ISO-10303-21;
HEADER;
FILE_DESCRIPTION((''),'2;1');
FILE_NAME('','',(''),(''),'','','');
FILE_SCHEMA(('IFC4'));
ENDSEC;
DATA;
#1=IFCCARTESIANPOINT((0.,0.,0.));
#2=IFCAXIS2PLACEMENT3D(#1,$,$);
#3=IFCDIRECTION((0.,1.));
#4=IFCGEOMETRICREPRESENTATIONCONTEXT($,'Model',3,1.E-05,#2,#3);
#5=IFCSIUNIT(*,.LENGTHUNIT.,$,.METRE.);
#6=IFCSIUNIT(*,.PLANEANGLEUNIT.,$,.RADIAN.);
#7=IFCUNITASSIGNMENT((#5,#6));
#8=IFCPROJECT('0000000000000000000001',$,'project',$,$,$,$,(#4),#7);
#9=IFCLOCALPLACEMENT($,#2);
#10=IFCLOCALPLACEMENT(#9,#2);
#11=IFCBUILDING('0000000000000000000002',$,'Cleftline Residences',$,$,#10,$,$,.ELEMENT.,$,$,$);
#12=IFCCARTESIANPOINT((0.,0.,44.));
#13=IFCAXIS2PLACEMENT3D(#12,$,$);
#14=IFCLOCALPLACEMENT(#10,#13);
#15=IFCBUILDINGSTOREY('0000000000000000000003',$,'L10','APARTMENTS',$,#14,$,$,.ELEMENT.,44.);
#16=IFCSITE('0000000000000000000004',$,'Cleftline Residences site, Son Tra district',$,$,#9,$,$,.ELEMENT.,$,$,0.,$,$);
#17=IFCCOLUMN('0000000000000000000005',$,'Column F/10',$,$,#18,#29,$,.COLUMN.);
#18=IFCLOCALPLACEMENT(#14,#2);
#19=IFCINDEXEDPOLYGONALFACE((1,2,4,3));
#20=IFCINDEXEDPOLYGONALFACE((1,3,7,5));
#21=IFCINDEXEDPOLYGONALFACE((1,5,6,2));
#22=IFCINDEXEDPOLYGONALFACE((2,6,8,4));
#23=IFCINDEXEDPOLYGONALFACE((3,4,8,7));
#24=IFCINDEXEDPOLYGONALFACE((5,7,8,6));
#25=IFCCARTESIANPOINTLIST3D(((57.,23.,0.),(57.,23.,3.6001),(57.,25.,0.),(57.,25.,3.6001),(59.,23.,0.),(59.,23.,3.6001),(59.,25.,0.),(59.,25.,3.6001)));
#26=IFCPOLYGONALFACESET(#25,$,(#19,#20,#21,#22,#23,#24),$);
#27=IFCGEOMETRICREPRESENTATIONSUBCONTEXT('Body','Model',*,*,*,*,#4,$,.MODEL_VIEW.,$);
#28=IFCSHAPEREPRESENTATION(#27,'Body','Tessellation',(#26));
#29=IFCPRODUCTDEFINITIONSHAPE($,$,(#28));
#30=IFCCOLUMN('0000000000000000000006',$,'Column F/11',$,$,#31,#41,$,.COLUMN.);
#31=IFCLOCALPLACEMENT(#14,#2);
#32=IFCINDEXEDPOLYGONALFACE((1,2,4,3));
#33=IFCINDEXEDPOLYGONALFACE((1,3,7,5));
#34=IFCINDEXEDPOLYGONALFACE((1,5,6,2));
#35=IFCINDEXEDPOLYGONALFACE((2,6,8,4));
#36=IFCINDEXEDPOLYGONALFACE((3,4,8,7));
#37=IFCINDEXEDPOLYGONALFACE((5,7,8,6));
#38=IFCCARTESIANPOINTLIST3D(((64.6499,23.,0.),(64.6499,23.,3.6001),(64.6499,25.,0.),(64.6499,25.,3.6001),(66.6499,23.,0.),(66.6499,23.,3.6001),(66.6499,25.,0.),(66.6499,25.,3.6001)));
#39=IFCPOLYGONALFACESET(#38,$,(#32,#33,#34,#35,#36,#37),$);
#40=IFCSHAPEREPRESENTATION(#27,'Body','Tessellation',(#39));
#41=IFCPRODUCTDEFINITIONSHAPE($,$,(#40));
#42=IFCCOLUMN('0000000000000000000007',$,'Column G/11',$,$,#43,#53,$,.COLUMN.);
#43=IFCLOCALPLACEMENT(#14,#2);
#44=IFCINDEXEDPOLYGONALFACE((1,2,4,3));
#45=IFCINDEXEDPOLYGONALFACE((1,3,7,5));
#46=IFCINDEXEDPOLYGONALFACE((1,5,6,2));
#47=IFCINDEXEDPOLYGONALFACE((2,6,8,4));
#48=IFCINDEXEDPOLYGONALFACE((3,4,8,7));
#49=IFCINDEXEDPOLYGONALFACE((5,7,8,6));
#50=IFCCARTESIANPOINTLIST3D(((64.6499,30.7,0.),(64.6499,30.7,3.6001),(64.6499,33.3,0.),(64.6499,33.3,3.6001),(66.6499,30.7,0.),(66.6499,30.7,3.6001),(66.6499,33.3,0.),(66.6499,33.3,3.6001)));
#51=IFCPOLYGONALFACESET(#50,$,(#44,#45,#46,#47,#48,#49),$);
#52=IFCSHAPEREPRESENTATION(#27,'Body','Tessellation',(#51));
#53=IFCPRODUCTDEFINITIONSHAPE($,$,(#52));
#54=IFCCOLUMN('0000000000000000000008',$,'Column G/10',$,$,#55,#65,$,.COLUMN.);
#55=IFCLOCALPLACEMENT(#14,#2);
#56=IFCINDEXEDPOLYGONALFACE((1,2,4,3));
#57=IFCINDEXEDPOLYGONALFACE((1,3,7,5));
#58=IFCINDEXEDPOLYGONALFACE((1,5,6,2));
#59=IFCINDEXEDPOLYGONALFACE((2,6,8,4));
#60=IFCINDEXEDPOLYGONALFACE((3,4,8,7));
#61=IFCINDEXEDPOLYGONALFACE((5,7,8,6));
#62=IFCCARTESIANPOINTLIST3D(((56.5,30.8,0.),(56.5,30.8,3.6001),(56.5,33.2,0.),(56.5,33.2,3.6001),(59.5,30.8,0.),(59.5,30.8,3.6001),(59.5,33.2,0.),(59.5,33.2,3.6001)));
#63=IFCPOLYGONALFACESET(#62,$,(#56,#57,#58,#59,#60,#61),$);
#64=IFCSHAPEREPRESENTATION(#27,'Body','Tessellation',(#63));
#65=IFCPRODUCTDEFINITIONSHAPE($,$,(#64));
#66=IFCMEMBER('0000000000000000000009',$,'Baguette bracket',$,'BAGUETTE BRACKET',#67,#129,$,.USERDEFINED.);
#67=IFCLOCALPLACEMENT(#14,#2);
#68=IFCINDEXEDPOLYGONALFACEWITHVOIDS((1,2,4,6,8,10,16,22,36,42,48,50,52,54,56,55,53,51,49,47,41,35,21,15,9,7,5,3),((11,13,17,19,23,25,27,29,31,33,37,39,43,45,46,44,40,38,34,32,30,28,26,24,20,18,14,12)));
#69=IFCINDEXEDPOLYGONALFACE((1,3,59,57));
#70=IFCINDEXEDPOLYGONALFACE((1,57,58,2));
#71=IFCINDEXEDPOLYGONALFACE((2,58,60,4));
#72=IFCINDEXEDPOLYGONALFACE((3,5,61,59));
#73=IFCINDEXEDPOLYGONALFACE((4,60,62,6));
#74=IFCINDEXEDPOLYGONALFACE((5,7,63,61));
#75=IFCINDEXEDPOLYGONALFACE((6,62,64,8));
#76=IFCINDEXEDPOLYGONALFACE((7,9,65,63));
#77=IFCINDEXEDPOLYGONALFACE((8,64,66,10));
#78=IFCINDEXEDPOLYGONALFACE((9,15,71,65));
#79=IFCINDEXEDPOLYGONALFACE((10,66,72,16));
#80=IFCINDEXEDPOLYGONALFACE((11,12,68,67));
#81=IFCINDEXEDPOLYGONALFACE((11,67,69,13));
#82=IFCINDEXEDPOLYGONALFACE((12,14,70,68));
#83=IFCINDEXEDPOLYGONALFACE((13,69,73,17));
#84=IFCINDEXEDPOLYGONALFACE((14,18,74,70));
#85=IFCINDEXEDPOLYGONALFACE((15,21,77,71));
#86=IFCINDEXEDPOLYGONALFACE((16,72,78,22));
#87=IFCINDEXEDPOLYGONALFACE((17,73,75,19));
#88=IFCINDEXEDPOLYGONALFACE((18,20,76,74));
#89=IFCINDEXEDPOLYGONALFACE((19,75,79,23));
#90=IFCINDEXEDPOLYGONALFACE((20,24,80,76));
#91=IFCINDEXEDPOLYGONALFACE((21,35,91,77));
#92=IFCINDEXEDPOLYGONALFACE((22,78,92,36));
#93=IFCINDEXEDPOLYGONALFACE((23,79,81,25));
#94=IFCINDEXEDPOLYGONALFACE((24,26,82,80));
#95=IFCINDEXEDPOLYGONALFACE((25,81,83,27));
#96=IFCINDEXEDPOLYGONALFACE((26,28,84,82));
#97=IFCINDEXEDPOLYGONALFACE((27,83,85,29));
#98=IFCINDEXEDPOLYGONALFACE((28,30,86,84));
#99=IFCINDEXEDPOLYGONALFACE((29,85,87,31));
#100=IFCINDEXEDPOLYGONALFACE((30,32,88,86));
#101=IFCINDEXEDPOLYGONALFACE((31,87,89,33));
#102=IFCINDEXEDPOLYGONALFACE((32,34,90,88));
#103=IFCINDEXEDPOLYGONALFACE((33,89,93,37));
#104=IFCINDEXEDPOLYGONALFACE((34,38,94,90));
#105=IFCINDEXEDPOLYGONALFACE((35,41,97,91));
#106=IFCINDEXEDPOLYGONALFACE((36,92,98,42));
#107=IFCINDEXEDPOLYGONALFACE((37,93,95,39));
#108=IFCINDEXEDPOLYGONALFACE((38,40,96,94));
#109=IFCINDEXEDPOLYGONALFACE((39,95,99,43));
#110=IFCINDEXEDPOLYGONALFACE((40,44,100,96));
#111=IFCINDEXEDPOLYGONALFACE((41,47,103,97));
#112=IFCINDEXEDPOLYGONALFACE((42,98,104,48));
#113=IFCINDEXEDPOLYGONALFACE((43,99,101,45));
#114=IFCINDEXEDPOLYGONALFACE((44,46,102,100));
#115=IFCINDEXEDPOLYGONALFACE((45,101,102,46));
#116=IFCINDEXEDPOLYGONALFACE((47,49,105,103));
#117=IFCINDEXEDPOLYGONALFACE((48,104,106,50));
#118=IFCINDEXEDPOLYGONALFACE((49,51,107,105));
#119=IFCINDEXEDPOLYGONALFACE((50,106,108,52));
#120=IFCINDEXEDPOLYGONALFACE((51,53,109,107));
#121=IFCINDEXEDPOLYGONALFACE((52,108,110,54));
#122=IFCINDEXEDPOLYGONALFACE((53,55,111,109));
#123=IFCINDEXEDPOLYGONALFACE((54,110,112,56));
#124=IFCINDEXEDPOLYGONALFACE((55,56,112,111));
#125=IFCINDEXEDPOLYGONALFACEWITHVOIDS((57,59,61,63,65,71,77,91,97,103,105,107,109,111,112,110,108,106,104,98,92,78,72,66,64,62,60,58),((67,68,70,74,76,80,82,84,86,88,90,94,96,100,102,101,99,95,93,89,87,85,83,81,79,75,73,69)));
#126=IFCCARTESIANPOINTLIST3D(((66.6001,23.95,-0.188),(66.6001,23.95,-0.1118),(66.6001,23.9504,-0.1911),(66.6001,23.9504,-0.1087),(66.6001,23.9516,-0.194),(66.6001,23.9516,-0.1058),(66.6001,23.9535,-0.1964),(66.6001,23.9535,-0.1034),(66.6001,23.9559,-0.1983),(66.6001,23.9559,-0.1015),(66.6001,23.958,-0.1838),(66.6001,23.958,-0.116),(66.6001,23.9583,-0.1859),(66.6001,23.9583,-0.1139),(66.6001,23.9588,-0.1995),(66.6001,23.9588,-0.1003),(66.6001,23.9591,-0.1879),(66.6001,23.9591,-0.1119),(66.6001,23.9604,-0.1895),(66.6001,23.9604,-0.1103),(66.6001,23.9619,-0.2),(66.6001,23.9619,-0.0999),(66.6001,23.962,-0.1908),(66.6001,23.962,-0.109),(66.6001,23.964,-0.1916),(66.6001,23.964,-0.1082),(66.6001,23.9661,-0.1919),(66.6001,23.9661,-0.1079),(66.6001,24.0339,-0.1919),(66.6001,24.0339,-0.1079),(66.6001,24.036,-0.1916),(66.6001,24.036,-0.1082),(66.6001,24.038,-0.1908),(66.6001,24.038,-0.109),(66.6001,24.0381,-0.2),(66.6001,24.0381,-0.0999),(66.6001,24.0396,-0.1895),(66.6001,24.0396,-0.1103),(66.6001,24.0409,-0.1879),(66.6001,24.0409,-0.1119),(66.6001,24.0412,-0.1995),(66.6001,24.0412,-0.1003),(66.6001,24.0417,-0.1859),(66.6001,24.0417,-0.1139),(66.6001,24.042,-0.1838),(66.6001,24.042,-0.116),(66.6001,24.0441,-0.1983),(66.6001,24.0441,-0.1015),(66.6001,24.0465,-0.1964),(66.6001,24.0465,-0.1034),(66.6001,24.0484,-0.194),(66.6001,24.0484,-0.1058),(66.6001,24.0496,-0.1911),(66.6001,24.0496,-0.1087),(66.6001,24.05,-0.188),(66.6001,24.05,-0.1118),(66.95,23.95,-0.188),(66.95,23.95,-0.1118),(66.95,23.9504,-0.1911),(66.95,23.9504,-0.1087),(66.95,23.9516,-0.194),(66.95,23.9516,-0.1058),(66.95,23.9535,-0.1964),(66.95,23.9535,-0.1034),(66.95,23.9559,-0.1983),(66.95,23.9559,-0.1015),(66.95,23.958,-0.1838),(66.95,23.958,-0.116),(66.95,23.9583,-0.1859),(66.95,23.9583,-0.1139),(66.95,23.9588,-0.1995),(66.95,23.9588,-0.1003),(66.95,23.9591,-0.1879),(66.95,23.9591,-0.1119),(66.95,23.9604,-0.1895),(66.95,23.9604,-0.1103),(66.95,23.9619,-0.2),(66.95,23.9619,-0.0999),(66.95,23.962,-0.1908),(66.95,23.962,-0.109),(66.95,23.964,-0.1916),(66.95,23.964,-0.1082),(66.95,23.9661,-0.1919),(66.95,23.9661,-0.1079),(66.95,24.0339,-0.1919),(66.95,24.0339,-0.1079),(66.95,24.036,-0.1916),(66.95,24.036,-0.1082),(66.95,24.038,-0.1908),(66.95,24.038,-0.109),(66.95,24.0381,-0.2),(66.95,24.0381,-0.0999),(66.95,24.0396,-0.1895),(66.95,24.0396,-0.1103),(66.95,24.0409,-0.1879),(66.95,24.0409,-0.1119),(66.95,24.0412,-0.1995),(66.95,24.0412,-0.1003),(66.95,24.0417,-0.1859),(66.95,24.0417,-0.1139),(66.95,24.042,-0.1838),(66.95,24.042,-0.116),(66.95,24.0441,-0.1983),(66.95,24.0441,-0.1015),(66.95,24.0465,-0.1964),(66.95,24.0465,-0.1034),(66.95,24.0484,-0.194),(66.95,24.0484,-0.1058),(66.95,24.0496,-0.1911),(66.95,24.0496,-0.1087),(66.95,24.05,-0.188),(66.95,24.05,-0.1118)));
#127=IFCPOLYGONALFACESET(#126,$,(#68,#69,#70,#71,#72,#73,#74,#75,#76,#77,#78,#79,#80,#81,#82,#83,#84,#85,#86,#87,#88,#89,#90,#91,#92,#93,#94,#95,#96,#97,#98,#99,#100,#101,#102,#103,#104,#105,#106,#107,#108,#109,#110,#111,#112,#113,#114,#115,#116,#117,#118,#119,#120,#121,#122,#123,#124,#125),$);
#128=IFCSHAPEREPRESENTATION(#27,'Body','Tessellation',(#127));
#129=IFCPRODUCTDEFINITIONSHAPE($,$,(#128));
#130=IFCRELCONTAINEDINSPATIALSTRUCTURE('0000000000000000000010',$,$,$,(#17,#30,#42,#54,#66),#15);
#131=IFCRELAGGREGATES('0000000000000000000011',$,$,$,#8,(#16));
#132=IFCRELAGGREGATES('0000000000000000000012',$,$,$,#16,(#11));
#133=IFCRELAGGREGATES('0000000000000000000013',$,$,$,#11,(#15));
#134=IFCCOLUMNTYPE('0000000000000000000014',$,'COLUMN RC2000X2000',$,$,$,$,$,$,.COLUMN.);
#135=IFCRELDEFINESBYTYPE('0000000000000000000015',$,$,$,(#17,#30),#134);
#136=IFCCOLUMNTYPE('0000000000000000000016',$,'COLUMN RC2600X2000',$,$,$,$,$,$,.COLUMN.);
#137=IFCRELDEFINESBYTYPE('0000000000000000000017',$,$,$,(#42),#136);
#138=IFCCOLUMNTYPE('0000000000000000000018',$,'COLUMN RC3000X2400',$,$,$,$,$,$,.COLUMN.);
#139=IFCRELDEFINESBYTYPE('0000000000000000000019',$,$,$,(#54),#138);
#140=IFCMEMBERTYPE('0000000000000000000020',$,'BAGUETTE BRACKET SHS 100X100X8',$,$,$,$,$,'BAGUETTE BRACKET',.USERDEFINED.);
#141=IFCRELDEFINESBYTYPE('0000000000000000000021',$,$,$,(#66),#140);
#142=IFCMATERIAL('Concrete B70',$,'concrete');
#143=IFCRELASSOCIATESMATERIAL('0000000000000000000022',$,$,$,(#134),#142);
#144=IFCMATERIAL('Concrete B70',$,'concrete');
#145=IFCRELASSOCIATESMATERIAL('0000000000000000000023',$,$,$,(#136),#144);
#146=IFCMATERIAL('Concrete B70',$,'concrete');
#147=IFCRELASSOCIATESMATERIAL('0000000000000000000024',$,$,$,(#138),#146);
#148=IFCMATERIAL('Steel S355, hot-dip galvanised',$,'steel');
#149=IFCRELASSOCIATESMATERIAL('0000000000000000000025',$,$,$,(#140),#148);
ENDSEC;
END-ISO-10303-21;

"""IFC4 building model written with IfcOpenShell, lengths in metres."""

from ifc_helpers import new_model, si_unit, direction, frame, origin, origin_2d, place, context, subcontext, project, spatial, rectangle, hollow_rectangle, extrude, material, material_profile, profile_set, type_object, element, save


model = new_model("IFC4")

# Units and contexts
model_context = context("Model", 3, precision=1e-05, world=origin(), true_north=direction((0.0, 1.0)))
body_context = subcontext(model_context, "Body", "Model", "MODEL_VIEW")
ifc_project = project(units=[si_unit("LENGTHUNIT", "METRE"), si_unit("PLANEANGLEUNIT", "RADIAN")], contexts=[model_context])

# Site, building, storey
site_placement = place(None, origin())
site = spatial("IfcSite", under=ifc_project, at=site_placement, Name="Cleftline Residences site, Son Tra district", CompositionType="ELEMENT", RefElevation=0.0)
building_placement = place(site_placement, origin())
building = spatial("IfcBuilding", under=site, at=building_placement, Name="Cleftline Residences", CompositionType="ELEMENT")
storey_placement = place(building_placement, frame((0.0, 0.0, 44.0)))
storey = spatial("IfcBuildingStorey", under=building, at=storey_placement, Name="L10", Description="APARTMENTS", CompositionType="ELEMENT", Elevation=44.0)

# Columns
ifc_material_1 = material(Name="Concrete B70", Category="concrete")
ifc_material_profile_1 = material_profile(ifc_material_1, rectangle(XDim=2.0, YDim=2.0, at=origin_2d()))
ifc_profile_set_1 = profile_set([ifc_material_profile_1], Name="Concrete B70")
column_type_1 = type_object("IfcColumnType", Name="COLUMN RC2000X2000", PredefinedType="COLUMN", material=ifc_profile_set_1)
for number, where, z_axis, x_axis, name in (
    (1, (58.0, 24.0, 0.0), (0.0, 0.0, 1.0), (1.0, 0.0, 0.0), "Column F/10"),
    (2, (65.6499, 24.0, 0.0), (0.0, 0.0, 1.0), (1.0, 0.0, 0.0), "Column F/11"),
):
    element("IfcColumn", number, at=place(storey_placement, frame(where, z_axis=z_axis, x_axis=x_axis)), inside=storey, type_object=column_type_1, Name=name, PredefinedType="COLUMN", context=body_context, shape_type="SweptSolid", body=[
        extrude(rectangle(XDim=2.0, YDim=2.0, at=origin_2d()), origin(), (0.0, 0.0, 1.0), 3.6001),
    ])
ifc_material_2 = material(Name="Concrete B70", Category="concrete")
ifc_material_profile_2 = material_profile(ifc_material_2, rectangle(XDim=2.6001, YDim=2.0, at=origin_2d()))
ifc_profile_set_2 = profile_set([ifc_material_profile_2], Name="Concrete B70")
column_type_2 = type_object("IfcColumnType", Name="COLUMN RC2600X2000", PredefinedType="COLUMN", material=ifc_profile_set_2)
column_1_placement = place(storey_placement, frame((65.6499, 32.0, 0.0), z_axis=(0.0, 0.0, 1.0), x_axis=(0.0, 1.0, 0.0)))
element("IfcColumn", 3, at=column_1_placement, inside=storey, type_object=column_type_2, Name="Column G/11", PredefinedType="COLUMN", context=body_context, shape_type="SweptSolid", body=[
    extrude(rectangle(XDim=2.6001, YDim=2.0, at=origin_2d()), origin(), (0.0, 0.0, 1.0), 3.6001),
])
ifc_material_3 = material(Name="Concrete B70", Category="concrete")
ifc_material_profile_3 = material_profile(ifc_material_3, rectangle(XDim=3.0, YDim=2.3999, at=origin_2d()))
ifc_profile_set_3 = profile_set([ifc_material_profile_3], Name="Concrete B70")
column_type_3 = type_object("IfcColumnType", Name="COLUMN RC3000X2400", PredefinedType="COLUMN", material=ifc_profile_set_3)
column_2_placement = place(storey_placement, frame((58.0, 32.0, 0.0), z_axis=(0.0, 0.0, 1.0), x_axis=(1.0, 0.0, 0.0)))
element("IfcColumn", 4, at=column_2_placement, inside=storey, type_object=column_type_3, Name="Column G/10", PredefinedType="COLUMN", context=body_context, shape_type="SweptSolid", body=[
    extrude(rectangle(XDim=3.0, YDim=2.3999, at=origin_2d()), origin(), (0.0, 0.0, 1.0), 3.6001),
])

# Member
ifc_material_4 = material(Name="Steel S355, hot-dip galvanised", Category="steel")
ifc_material_profile_4 = material_profile(ifc_material_4, hollow_rectangle(XDim=0.1001, YDim=0.1001, WallThickness=0.0081, InnerFilletRadius=0.0081, OuterFilletRadius=0.012, at=origin_2d()))
ifc_profile_set_4 = profile_set([ifc_material_profile_4], Name="Steel S355, hot-dip galvanised")
member_type_1 = type_object("IfcMemberType", Name="BAGUETTE BRACKET SHS 100X100X8", ElementType="BAGUETTE BRACKET", PredefinedType="USERDEFINED", material=ifc_profile_set_4)
member_1_placement = place(storey_placement, frame((66.6001, 24.0, -0.1499), z_axis=(1.0, 0.0, 0.0), x_axis=(0.0, 1.0, 0.0)))
element("IfcMember", 5, at=member_1_placement, inside=storey, type_object=member_type_1, Name="Baguette bracket", ObjectType="BAGUETTE BRACKET", PredefinedType="USERDEFINED", context=body_context, shape_type="SweptSolid", body=[
    extrude(hollow_rectangle(XDim=0.1001, YDim=0.1001, WallThickness=0.0081, InnerFilletRadius=0.0081, OuterFilletRadius=0.012, at=origin_2d()), origin(), (0.0, 0.0, 1.0), 0.3499),
])

save(model, "model.ifc")
